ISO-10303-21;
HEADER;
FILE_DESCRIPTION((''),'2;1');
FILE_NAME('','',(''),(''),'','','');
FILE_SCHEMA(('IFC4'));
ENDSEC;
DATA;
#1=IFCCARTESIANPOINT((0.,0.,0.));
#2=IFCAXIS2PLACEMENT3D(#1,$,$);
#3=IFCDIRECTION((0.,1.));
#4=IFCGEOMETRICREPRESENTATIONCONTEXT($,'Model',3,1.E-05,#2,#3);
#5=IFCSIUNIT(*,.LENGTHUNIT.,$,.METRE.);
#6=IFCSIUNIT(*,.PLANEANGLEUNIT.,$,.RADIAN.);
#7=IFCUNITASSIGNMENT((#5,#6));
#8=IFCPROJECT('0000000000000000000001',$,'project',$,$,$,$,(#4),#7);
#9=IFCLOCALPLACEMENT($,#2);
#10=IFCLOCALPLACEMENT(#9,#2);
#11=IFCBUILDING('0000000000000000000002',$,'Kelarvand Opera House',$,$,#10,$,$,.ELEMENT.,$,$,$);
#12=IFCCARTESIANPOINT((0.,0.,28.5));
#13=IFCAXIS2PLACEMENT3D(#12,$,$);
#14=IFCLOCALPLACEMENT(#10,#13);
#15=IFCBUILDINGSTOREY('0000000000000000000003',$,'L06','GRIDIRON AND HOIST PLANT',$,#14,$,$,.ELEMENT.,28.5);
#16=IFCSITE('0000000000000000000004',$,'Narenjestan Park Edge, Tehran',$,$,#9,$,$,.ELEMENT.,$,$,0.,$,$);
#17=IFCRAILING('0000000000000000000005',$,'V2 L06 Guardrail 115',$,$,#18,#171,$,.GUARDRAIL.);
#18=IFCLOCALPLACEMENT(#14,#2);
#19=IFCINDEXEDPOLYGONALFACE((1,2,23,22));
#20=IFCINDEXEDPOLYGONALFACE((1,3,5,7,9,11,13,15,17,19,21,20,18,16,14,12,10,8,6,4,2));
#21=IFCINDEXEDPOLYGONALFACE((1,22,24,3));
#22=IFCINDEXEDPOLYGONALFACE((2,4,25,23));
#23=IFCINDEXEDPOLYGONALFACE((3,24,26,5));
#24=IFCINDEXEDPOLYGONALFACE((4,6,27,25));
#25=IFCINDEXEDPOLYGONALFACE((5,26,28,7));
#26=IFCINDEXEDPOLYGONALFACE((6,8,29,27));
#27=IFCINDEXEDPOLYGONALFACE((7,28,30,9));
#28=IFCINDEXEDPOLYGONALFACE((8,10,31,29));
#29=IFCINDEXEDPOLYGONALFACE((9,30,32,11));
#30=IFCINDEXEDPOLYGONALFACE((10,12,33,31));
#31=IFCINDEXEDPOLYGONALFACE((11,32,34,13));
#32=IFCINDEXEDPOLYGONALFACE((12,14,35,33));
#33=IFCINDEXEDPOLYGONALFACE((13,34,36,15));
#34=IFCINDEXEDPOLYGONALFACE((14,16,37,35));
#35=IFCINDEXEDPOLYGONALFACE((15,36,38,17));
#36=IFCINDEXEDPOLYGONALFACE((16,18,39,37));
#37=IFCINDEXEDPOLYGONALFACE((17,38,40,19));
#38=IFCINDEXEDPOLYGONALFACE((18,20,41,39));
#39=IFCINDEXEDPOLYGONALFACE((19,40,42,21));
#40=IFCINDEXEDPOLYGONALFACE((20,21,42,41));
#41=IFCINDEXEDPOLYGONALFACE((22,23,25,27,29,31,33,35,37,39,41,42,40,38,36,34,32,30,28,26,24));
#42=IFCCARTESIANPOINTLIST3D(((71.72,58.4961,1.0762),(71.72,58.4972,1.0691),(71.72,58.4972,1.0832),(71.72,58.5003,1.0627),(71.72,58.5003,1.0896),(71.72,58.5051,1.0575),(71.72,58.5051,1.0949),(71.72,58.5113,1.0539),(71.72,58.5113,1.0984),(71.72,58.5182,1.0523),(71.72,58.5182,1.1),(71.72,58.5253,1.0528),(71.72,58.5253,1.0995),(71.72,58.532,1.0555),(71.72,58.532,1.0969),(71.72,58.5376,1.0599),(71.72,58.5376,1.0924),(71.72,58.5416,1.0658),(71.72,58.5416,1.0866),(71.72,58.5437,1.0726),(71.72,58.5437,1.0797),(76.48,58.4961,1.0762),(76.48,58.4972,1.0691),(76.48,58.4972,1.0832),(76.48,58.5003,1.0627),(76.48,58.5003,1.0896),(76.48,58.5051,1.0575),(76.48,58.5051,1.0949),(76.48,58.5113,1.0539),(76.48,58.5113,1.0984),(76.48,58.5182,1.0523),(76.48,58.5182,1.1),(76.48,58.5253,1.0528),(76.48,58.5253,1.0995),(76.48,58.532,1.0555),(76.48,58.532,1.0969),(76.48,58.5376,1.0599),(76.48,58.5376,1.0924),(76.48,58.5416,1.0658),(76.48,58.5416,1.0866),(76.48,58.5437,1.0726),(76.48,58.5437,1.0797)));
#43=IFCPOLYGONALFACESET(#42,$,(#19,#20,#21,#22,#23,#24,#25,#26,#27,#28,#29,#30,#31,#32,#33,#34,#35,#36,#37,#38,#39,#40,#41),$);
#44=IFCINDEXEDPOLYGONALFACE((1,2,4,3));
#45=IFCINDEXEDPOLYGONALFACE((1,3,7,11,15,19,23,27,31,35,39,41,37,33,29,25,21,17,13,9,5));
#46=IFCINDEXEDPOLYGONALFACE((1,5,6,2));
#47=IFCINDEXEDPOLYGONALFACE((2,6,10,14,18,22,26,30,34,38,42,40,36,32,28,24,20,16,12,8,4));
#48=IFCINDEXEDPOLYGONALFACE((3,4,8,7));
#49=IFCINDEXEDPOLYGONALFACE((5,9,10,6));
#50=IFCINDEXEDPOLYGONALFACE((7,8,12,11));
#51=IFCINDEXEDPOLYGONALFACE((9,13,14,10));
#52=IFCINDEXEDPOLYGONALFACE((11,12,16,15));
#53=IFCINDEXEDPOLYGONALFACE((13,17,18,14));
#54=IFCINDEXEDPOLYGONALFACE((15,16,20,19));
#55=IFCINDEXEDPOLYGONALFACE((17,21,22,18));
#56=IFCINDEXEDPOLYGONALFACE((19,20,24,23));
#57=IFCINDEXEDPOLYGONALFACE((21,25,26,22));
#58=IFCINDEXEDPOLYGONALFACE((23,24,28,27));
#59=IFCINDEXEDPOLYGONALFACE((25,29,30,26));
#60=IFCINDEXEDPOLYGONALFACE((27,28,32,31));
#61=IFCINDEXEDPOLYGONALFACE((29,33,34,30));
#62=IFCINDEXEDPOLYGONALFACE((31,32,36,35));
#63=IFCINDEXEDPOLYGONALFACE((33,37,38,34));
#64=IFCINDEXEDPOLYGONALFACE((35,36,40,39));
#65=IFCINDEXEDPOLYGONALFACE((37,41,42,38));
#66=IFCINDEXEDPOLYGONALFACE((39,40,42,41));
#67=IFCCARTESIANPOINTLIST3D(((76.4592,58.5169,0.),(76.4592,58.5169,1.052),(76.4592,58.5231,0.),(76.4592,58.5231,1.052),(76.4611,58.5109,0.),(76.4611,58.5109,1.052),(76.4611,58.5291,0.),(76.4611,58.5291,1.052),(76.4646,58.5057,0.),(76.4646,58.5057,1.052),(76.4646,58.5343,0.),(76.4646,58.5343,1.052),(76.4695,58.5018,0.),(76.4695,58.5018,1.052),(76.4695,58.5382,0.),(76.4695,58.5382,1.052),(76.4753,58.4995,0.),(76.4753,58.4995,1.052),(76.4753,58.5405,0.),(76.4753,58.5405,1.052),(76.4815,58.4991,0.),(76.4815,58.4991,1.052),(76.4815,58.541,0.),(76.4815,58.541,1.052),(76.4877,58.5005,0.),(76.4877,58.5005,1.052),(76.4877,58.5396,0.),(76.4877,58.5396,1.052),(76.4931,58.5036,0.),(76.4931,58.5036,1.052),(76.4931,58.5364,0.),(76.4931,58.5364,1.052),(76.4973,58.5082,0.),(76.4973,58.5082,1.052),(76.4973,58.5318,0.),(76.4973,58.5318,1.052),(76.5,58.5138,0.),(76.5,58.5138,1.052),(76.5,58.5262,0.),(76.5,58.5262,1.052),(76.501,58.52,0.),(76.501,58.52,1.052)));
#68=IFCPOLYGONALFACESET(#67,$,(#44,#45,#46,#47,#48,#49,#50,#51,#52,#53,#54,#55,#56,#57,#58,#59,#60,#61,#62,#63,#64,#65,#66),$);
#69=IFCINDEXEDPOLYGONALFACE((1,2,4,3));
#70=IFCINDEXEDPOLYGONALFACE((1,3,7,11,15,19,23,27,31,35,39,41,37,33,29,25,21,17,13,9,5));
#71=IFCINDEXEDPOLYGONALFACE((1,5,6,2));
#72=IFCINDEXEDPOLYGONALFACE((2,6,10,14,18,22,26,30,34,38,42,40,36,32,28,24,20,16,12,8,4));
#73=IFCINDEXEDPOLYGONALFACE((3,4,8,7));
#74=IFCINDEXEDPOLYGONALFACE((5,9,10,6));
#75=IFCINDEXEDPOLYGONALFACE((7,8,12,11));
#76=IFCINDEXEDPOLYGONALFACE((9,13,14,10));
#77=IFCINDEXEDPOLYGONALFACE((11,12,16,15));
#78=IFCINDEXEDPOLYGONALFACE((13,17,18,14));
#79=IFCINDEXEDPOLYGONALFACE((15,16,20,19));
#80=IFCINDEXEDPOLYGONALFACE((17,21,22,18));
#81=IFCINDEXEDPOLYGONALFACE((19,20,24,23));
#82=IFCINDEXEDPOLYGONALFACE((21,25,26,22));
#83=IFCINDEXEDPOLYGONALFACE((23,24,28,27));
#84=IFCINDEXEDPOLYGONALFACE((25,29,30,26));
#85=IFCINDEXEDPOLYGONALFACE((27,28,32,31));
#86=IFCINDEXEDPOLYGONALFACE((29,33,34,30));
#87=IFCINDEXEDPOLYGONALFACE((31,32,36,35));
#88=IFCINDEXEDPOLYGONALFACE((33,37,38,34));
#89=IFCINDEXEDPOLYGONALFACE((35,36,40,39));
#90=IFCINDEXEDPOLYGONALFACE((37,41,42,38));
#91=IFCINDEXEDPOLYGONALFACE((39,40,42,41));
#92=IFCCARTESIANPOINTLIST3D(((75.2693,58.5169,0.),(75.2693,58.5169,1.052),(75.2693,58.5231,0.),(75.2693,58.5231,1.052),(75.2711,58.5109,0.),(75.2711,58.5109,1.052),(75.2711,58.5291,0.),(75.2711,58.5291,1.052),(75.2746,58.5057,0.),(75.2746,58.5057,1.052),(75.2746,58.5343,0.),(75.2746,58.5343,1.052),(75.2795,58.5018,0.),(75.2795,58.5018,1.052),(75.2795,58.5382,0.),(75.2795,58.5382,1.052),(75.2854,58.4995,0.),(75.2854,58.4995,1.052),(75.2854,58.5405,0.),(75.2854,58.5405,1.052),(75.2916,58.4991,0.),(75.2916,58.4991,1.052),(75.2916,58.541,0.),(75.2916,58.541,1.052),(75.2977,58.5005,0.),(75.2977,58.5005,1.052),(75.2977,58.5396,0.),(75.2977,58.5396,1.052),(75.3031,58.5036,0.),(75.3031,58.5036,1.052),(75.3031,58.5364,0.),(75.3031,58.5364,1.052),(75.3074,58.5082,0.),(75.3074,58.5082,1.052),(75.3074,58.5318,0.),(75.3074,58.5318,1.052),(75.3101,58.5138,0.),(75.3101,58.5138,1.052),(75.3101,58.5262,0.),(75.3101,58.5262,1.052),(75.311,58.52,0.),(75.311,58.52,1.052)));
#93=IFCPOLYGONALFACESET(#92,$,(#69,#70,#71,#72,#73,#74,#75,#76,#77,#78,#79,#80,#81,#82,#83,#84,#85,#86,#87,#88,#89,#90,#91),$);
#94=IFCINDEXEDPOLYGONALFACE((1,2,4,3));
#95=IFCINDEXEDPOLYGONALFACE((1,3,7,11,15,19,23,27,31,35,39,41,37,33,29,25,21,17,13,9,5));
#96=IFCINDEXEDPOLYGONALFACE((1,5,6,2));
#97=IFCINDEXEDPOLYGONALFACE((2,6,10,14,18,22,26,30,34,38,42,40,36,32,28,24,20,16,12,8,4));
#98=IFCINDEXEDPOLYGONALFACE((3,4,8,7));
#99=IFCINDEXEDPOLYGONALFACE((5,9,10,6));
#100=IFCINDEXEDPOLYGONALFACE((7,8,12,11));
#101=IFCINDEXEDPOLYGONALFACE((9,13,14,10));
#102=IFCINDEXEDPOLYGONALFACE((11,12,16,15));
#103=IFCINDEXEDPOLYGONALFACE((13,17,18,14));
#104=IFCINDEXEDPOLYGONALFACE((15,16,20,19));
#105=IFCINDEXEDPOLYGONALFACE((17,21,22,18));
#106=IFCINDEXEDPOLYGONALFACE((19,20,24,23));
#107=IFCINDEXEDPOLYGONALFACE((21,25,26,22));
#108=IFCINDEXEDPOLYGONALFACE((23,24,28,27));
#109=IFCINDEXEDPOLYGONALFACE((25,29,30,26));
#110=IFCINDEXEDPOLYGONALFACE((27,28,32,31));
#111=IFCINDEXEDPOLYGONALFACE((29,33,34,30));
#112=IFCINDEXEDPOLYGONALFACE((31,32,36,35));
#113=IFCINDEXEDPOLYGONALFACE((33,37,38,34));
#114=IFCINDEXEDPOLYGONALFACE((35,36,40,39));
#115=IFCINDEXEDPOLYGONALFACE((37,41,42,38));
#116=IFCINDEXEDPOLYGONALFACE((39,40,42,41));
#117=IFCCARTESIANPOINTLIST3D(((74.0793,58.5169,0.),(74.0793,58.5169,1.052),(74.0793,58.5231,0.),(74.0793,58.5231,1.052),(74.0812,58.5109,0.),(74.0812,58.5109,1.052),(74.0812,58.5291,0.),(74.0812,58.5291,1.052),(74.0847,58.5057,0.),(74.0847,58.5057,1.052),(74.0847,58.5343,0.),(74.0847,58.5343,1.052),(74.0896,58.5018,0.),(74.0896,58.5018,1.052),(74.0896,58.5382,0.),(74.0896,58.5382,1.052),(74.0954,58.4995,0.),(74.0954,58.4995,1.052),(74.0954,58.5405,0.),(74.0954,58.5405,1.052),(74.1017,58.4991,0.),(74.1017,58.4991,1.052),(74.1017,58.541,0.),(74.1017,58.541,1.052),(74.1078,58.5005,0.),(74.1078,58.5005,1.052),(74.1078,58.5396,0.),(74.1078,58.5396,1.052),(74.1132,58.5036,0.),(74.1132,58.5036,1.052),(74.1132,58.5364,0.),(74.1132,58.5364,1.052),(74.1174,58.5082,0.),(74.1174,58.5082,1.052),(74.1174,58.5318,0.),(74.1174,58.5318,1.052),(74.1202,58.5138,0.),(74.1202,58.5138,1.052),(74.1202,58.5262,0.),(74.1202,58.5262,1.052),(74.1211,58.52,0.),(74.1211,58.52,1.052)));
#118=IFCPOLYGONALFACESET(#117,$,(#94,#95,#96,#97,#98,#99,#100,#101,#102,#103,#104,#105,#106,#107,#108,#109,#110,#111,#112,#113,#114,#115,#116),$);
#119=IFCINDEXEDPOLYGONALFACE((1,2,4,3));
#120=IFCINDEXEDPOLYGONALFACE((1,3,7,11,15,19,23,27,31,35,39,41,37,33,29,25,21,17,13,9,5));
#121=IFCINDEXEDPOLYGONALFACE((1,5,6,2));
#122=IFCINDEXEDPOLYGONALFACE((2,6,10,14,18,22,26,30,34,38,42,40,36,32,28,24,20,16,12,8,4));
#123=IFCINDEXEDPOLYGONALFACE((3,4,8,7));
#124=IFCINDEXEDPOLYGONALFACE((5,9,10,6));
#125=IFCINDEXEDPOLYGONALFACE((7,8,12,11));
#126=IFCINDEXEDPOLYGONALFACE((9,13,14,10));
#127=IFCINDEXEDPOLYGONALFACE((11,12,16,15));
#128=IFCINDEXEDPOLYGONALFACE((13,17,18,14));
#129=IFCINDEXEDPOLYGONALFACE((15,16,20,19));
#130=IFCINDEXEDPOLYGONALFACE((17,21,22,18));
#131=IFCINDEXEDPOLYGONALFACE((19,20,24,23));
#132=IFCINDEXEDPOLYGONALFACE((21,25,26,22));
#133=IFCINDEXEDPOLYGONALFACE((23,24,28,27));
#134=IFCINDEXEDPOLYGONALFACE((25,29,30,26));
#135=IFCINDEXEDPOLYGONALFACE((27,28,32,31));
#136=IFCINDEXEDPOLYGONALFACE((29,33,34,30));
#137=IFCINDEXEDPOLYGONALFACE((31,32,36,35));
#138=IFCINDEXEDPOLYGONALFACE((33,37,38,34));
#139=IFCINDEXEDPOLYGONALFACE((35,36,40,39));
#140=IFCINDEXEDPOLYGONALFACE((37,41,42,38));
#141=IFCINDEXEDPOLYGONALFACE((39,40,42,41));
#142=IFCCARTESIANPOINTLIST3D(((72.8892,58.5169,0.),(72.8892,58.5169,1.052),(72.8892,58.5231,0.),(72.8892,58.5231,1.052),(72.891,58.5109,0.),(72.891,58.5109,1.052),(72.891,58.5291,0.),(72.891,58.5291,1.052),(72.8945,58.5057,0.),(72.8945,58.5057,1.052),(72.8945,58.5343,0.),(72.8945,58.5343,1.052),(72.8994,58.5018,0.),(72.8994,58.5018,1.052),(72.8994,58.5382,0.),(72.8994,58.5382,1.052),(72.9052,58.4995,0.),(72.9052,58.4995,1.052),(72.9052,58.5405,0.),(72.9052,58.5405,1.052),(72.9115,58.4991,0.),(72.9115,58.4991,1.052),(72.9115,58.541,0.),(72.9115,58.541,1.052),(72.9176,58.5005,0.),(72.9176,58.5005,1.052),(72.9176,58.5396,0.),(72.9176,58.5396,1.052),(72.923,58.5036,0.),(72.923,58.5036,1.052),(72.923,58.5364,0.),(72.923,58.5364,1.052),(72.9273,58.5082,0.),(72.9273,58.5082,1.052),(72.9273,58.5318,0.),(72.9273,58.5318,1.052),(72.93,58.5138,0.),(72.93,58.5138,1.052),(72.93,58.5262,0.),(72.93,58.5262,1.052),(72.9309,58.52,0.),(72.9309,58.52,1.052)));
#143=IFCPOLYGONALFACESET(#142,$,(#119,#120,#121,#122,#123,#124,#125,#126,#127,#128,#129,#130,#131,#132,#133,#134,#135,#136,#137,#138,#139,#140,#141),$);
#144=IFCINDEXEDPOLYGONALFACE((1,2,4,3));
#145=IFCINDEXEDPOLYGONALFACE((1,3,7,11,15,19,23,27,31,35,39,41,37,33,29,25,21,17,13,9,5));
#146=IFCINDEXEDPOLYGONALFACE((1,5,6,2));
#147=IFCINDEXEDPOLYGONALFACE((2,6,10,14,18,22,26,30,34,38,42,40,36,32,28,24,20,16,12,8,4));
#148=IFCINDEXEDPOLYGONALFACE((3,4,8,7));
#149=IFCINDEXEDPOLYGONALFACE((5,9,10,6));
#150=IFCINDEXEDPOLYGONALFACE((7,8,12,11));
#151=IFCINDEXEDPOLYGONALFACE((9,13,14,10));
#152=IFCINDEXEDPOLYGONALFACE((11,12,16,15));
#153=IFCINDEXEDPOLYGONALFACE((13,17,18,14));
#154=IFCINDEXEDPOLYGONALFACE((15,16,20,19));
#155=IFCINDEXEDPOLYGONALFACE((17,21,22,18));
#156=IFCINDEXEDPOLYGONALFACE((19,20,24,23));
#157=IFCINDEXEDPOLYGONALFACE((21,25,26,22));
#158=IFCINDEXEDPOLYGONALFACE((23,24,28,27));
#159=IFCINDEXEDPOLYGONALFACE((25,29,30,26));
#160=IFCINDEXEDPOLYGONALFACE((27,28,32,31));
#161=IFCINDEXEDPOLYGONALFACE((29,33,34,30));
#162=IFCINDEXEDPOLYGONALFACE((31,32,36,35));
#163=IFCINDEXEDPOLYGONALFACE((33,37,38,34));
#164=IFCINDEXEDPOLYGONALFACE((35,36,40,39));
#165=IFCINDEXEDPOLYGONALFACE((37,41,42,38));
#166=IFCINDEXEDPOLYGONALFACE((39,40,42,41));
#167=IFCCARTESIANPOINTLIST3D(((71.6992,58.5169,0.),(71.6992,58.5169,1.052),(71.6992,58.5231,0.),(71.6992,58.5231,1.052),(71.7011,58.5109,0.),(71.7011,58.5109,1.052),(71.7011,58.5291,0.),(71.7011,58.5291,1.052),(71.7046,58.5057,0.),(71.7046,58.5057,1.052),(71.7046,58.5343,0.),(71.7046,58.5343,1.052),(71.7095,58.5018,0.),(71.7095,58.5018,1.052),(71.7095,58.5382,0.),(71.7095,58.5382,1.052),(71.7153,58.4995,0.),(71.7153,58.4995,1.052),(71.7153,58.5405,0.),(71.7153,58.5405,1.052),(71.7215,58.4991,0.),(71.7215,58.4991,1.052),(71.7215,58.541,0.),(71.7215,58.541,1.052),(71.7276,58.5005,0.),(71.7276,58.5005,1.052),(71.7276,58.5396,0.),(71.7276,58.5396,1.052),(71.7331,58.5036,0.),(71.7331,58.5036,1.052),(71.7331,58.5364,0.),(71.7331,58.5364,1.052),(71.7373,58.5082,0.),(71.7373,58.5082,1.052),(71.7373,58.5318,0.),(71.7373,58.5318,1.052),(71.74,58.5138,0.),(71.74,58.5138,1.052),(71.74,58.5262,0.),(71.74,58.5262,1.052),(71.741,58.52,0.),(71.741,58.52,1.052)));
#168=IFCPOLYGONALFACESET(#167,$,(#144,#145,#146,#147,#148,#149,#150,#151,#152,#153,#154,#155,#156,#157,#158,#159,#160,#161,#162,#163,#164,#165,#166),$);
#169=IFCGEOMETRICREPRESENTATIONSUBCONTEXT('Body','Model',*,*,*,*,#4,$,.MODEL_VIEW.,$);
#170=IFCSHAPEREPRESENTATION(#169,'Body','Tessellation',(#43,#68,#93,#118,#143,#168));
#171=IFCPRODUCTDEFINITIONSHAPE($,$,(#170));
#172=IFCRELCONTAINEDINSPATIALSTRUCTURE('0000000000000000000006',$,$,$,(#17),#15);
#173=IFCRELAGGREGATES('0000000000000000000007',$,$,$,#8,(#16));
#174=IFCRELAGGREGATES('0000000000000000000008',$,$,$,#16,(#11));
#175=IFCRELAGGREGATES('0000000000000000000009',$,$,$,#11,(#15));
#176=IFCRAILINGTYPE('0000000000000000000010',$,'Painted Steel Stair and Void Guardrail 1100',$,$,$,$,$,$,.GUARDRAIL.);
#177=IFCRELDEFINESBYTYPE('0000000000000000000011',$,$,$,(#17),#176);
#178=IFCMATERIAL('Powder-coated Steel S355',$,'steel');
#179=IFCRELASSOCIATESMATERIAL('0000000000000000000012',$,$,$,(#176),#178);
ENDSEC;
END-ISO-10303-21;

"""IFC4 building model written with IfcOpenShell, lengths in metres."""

from ifc_helpers import new_model, si_unit, direction, frame, origin, origin_2d, place, context, subcontext, project, spatial, circle, extrude, material, type_object, element, save


model = new_model("IFC4")

# Units and contexts
model_context = context("Model", 3, precision=1e-05, world=origin(), true_north=direction((0.0, 1.0)))
body_context = subcontext(model_context, "Body", "Model", "MODEL_VIEW")
ifc_project = project(units=[si_unit("LENGTHUNIT", "METRE"), si_unit("PLANEANGLEUNIT", "RADIAN")], contexts=[model_context])

# Site, building, storey
site_placement = place(None, origin())
site = spatial("IfcSite", under=ifc_project, at=site_placement, Name="Narenjestan Park Edge, Tehran", CompositionType="ELEMENT", RefElevation=0.0)
building_placement = place(site_placement, origin())
building = spatial("IfcBuilding", under=site, at=building_placement, Name="Kelarvand Opera House", CompositionType="ELEMENT")
storey_placement = place(building_placement, frame((0.0, 0.0, 28.5)))
storey = spatial("IfcBuildingStorey", under=building, at=storey_placement, Name="L06", Description="GRIDIRON AND HOIST PLANT", CompositionType="ELEMENT", Elevation=28.5)

# Railing
ifc_material_1 = material(Name="Powder-coated Steel S355", Category="steel")
railing_type = type_object("IfcRailingType", Name="Painted Steel Stair and Void Guardrail 1100", PredefinedType="GUARDRAIL", material=ifc_material_1)
for number, where, name in (
    (1, (76.48, 58.52, 0.0), "V2 L06 Guardrail 115"),
):
    element("IfcRailing", number, at=place(storey_placement, frame(where)), inside=storey, type_object=railing_type, Name=name, PredefinedType="GUARDRAIL", context=body_context, shape_type="SweptSolid", body=[
        extrude(circle(Radius=0.0239, at=origin_2d()), frame((0.0, 0.0, 1.0762), z_axis=(-1.0, 0.0, 0.0), x_axis=(0.0, -1.0, 0.0)), (0.0, 0.0, 1.0), 4.76),
        extrude(circle(Radius=0.021, at=origin_2d()), origin(), (0.0, 0.0, 1.0), 1.052),
        extrude(circle(Radius=0.021, at=origin_2d()), frame((-1.1899, 0.0, 0.0)), (0.0, 0.0, 1.0), 1.052),
        extrude(circle(Radius=0.021, at=origin_2d()), frame((-2.3799, 0.0, 0.0)), (0.0, 0.0, 1.0), 1.052),
        extrude(circle(Radius=0.021, at=origin_2d()), frame((-3.5701, 0.0, 0.0)), (0.0, 0.0, 1.0), 1.052),
        extrude(circle(Radius=0.021, at=origin_2d()), frame((-4.76, 0.0, 0.0)), (0.0, 0.0, 1.0), 1.052),
    ])

save(model, "model.ifc")
